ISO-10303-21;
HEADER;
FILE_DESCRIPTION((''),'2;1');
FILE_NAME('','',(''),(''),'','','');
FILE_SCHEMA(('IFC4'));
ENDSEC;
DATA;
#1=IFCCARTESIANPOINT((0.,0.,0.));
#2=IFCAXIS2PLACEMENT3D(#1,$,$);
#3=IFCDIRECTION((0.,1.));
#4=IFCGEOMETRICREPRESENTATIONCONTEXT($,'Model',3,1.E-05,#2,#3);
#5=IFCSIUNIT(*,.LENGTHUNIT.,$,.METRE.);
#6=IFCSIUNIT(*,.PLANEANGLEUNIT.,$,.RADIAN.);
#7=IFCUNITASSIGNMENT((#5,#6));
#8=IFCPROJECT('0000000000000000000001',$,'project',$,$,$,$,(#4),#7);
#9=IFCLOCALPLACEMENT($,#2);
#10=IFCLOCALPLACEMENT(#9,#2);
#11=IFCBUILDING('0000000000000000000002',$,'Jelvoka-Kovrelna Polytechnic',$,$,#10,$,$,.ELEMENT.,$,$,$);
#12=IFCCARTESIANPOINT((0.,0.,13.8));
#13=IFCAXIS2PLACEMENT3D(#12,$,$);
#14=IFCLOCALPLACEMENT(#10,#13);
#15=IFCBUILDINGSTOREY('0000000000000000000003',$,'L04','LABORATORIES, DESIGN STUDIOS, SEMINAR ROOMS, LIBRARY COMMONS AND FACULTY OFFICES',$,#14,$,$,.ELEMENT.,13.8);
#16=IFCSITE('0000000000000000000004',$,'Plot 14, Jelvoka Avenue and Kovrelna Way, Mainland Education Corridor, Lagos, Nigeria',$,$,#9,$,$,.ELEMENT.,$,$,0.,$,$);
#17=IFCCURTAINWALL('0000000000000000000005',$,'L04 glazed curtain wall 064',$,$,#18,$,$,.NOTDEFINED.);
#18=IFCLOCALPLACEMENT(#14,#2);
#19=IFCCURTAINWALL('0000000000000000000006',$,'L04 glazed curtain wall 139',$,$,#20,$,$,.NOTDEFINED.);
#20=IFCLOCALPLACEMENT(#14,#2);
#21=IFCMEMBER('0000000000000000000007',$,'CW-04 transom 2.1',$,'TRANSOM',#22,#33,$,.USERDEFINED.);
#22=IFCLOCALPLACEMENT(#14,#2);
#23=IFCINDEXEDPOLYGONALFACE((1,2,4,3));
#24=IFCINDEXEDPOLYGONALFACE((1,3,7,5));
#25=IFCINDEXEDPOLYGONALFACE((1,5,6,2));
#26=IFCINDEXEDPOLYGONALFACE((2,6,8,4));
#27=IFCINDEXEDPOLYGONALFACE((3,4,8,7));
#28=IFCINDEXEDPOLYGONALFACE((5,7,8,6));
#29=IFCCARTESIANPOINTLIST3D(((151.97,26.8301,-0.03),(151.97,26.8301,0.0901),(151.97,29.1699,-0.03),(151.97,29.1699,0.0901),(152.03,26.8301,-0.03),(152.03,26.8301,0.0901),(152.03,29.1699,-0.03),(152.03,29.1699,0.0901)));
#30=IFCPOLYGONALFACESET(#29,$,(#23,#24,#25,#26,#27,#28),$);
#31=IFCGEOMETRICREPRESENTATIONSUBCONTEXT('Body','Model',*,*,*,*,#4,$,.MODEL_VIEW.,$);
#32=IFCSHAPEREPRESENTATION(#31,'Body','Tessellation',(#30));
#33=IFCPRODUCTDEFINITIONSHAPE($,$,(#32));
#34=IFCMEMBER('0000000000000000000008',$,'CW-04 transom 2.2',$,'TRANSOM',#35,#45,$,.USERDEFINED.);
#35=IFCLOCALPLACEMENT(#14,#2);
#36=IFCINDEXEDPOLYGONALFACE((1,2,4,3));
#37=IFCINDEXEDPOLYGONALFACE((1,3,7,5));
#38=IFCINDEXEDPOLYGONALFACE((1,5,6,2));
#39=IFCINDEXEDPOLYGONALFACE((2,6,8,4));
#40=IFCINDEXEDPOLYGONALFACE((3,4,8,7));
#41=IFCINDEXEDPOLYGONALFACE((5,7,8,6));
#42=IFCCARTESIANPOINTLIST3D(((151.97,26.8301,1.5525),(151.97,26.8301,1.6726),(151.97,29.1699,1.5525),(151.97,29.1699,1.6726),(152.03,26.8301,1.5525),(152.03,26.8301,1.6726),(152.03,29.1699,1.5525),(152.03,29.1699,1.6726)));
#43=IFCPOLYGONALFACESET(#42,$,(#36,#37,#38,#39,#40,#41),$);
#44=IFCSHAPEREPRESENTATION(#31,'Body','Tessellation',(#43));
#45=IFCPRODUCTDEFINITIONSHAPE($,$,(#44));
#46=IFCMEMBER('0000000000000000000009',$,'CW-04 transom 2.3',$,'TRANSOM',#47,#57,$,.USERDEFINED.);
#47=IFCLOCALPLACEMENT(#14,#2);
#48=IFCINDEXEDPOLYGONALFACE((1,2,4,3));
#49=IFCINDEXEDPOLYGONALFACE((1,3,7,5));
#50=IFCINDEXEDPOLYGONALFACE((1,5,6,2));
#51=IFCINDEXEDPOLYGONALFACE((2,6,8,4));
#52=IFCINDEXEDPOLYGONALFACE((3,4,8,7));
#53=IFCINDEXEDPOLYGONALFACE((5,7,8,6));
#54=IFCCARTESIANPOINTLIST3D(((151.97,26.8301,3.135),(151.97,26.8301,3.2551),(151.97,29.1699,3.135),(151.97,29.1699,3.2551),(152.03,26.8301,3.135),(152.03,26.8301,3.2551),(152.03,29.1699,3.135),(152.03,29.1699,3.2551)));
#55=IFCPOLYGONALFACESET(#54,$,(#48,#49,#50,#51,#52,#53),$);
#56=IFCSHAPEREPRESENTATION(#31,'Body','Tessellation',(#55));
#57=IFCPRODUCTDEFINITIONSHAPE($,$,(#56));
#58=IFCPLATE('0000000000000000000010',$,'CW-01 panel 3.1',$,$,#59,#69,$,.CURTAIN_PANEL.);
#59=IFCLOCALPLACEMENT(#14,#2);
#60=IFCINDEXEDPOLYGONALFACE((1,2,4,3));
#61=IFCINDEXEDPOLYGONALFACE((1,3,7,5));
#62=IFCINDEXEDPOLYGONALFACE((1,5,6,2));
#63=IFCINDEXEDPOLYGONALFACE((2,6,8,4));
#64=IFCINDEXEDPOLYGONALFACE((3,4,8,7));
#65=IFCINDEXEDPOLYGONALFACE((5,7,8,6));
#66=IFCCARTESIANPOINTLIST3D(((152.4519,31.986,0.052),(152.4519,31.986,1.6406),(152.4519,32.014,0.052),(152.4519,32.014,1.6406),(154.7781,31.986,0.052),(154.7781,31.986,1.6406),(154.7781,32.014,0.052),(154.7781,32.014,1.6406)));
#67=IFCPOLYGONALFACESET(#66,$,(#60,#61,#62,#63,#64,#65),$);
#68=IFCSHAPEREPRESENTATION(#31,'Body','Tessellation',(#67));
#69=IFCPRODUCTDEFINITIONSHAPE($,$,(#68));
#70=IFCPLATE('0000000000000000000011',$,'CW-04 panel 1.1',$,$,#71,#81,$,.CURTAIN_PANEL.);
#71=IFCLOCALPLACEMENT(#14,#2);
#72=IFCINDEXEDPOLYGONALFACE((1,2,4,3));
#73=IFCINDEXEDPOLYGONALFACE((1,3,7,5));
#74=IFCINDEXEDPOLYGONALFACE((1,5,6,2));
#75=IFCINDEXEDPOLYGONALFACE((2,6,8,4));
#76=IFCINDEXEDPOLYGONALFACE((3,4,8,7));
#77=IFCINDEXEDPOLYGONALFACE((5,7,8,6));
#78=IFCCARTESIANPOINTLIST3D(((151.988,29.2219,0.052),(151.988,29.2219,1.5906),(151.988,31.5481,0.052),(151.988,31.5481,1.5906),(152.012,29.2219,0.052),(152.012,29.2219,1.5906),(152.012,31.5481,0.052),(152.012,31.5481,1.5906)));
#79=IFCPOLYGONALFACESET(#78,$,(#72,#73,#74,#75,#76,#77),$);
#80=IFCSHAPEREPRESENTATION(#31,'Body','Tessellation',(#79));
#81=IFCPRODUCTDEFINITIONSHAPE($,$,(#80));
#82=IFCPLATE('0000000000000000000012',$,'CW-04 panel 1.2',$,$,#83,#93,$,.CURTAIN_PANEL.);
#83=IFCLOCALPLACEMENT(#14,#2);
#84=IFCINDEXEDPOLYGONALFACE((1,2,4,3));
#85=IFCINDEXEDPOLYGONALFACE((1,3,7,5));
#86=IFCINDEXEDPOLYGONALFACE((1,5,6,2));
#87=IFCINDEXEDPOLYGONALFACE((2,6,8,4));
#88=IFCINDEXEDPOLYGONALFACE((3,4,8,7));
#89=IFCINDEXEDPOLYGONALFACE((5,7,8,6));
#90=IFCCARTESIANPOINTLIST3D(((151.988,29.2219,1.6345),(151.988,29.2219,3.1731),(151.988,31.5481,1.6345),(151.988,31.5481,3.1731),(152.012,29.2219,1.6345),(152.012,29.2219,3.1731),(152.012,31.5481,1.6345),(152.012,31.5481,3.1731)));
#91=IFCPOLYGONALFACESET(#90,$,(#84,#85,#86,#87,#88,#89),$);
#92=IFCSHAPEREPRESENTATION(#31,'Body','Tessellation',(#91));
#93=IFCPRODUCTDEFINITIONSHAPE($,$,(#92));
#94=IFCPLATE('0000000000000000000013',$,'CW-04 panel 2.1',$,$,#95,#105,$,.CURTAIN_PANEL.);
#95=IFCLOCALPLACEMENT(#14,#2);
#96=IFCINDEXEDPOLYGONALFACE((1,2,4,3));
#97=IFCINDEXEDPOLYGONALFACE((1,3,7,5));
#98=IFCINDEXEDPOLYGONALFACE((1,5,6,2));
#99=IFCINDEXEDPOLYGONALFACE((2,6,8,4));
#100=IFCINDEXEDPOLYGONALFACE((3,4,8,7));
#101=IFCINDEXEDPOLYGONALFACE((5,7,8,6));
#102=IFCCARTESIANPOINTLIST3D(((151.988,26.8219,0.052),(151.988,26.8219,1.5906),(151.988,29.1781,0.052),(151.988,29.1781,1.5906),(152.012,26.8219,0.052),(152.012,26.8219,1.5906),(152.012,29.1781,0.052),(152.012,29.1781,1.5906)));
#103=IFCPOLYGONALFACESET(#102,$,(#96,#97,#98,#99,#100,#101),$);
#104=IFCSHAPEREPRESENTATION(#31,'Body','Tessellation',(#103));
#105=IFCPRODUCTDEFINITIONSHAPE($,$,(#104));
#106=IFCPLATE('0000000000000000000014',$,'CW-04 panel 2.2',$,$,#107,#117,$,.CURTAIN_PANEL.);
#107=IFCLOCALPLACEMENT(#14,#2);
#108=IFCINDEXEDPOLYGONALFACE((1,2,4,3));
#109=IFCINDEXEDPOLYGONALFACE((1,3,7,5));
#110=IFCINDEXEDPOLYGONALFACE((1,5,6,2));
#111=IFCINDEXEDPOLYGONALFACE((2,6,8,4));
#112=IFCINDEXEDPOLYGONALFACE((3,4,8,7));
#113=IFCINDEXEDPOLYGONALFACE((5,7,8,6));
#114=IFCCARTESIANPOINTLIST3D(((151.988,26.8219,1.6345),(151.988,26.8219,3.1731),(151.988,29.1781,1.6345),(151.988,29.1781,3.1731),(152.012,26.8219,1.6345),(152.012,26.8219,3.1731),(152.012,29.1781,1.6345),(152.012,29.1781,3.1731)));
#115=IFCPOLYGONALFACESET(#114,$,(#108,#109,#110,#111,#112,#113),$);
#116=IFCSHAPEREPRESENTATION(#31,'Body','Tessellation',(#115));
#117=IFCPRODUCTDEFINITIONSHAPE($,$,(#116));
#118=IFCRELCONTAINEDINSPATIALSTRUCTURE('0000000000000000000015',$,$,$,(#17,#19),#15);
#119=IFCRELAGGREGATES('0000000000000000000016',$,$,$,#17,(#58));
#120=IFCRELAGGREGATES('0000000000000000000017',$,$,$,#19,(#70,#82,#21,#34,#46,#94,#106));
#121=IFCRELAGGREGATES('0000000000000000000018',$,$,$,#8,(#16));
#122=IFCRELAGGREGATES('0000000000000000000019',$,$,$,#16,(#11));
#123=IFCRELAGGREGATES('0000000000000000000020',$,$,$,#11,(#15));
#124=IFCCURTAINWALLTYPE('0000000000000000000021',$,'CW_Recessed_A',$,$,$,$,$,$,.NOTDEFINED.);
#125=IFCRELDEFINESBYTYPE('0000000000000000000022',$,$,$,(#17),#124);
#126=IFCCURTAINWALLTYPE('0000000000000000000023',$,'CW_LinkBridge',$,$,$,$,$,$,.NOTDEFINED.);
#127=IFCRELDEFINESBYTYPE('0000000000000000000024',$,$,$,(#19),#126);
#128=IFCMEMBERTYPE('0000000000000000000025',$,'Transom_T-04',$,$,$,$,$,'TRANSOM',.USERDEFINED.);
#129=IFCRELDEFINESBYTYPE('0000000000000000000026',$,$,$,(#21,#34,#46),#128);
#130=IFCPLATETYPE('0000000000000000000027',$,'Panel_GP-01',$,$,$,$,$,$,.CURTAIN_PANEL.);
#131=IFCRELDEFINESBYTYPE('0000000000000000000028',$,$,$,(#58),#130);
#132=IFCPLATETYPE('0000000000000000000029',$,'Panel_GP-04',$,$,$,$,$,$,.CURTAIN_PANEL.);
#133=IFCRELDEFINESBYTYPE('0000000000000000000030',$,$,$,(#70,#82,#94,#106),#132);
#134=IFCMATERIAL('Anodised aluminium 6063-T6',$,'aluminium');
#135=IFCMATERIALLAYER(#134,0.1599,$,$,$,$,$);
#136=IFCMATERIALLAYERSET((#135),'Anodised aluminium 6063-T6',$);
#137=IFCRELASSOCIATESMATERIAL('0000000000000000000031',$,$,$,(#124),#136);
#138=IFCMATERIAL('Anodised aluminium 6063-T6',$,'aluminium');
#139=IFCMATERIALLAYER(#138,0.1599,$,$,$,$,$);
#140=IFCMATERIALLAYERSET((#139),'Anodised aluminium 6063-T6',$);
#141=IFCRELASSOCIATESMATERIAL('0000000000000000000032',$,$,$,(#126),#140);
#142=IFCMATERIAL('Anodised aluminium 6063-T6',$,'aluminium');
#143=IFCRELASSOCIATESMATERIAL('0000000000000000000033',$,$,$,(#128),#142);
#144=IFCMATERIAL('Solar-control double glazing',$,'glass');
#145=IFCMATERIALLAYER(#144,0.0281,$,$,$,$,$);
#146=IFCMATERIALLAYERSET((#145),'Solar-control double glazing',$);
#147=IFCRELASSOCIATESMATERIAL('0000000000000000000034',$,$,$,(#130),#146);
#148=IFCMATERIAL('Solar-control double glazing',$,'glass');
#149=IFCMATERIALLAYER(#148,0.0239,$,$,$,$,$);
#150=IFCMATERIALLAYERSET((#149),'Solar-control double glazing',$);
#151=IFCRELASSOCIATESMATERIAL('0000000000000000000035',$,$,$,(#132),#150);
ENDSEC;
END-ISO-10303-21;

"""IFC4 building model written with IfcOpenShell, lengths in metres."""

from ifc_helpers import new_model, si_unit, direction, frame, origin, origin_2d, place, context, subcontext, project, spatial, rectangle, extrude, material, layer, layer_set, material_profile, profile_set, type_object, element, aggregate, save


model = new_model("IFC4")

# Units and contexts
model_context = context("Model", 3, precision=1e-05, world=origin(), true_north=direction((0.0, 1.0)))
body_context = subcontext(model_context, "Body", "Model", "MODEL_VIEW")
ifc_project = project(units=[si_unit("LENGTHUNIT", "METRE"), si_unit("PLANEANGLEUNIT", "RADIAN")], contexts=[model_context])

# Site, building, storey
site_placement = place(None, origin())
site = spatial("IfcSite", under=ifc_project, at=site_placement, Name="Plot 14, Jelvoka Avenue and Kovrelna Way, Mainland Education Corridor, Lagos, Nigeria", CompositionType="ELEMENT", RefElevation=0.0)
building_placement = place(site_placement, origin())
building = spatial("IfcBuilding", under=site, at=building_placement, Name="Jelvoka-Kovrelna Polytechnic", CompositionType="ELEMENT")
storey_placement = place(building_placement, frame((0.0, 0.0, 13.8)))
storey = spatial("IfcBuildingStorey", under=building, at=storey_placement, Name="L04", Description="LABORATORIES, DESIGN STUDIOS, SEMINAR ROOMS, LIBRARY COMMONS AND FACULTY OFFICES", CompositionType="ELEMENT", Elevation=13.8)

# Curtain wall
ifc_material_1 = material(Name="Anodised aluminium 6063-T6", Category="aluminium")
ifc_layer_1 = layer(ifc_material_1, 0.1599)
ifc_layer_set_1 = layer_set([ifc_layer_1], Name="Anodised aluminium 6063-T6")
curtain_wall_type_1 = type_object("IfcCurtainWallType", Name="CW_Recessed_A", PredefinedType="NOTDEFINED", material=ifc_layer_set_1)
curtain_wall_1_placement = place(storey_placement, origin())
curtain_wall_1 = element("IfcCurtainWall", 1, at=curtain_wall_1_placement, inside=storey, type_object=curtain_wall_type_1, Name="L04 glazed curtain wall 064", PredefinedType="NOTDEFINED")

# Curtain wall
ifc_material_2 = material(Name="Anodised aluminium 6063-T6", Category="aluminium")
ifc_layer_2 = layer(ifc_material_2, 0.1599)
ifc_layer_set_2 = layer_set([ifc_layer_2], Name="Anodised aluminium 6063-T6")
curtain_wall_type_2 = type_object("IfcCurtainWallType", Name="CW_LinkBridge", PredefinedType="NOTDEFINED", material=ifc_layer_set_2)
curtain_wall_2_placement = place(storey_placement, origin())
curtain_wall_2 = element("IfcCurtainWall", 2, at=curtain_wall_2_placement, inside=storey, type_object=curtain_wall_type_2, Name="L04 glazed curtain wall 139", PredefinedType="NOTDEFINED")

# Members
ifc_material_3 = material(Name="Anodised aluminium 6063-T6", Category="aluminium")
ifc_material_profile_1 = material_profile(ifc_material_3, rectangle(XDim=0.0601, YDim=0.1201, at=origin_2d()), Name="ALU 60x120")
ifc_profile_set_1 = profile_set([ifc_material_profile_1], Name="Anodised aluminium 6063-T6")
member_type_1 = type_object("IfcMemberType", Name="Transom_T-04", ElementType="TRANSOM", PredefinedType="USERDEFINED", material=ifc_profile_set_1)
member_1_placement = place(storey_placement, frame((152.0, 29.1699, 0.03), z_axis=(0.0, -1.0, 0.0), x_axis=(1.0, 0.0, 0.0)))
member_1 = element("IfcMember", 3, at=member_1_placement, type_object=member_type_1, Name="CW-04 transom 2.1", ObjectType="TRANSOM", PredefinedType="USERDEFINED", context=body_context, shape_type="SweptSolid", body=[
    extrude(rectangle(XDim=0.0601, YDim=0.1201, at=origin_2d()), origin(), (0.0, 0.0, 1.0), 2.3398),
])
member_2_placement = place(storey_placement, frame((152.0, 29.1699, 1.6125), z_axis=(0.0, -1.0, 0.0), x_axis=(1.0, 0.0, 0.0)))
member_2 = element("IfcMember", 4, at=member_2_placement, type_object=member_type_1, Name="CW-04 transom 2.2", ObjectType="TRANSOM", PredefinedType="USERDEFINED", context=body_context, shape_type="SweptSolid", body=[
    extrude(rectangle(XDim=0.0601, YDim=0.1201, at=origin_2d()), origin(), (0.0, 0.0, 1.0), 2.3398),
])
member_3_placement = place(storey_placement, frame((152.0, 29.1699, 3.1951), z_axis=(0.0, -1.0, 0.0), x_axis=(1.0, 0.0, 0.0)))
member_3 = element("IfcMember", 5, at=member_3_placement, type_object=member_type_1, Name="CW-04 transom 2.3", ObjectType="TRANSOM", PredefinedType="USERDEFINED", context=body_context, shape_type="SweptSolid", body=[
    extrude(rectangle(XDim=0.0601, YDim=0.1201, at=origin_2d()), origin(), (0.0, 0.0, 1.0), 2.3398),
])

# Plates
ifc_material_4 = material(Name="Solar-control double glazing", Category="glass")
ifc_layer_3 = layer(ifc_material_4, 0.0281)
ifc_layer_set_3 = layer_set([ifc_layer_3], Name="Solar-control double glazing")
plate_type_1 = type_object("IfcPlateType", Name="Panel_GP-01", PredefinedType="CURTAIN_PANEL", material=ifc_layer_set_3)
plate_1_placement = place(storey_placement, frame((153.615, 32.0, 0.052), z_axis=(0.0, 0.0, 1.0), x_axis=(-1.0, 0.0, 0.0)))
plate_1 = element("IfcPlate", 6, at=plate_1_placement, type_object=plate_type_1, Name="CW-01 panel 3.1", PredefinedType="CURTAIN_PANEL", context=body_context, shape_type="SweptSolid", body=[
    extrude(rectangle(XDim=2.3262, YDim=0.0281, at=origin_2d()), origin(), (0.0, 0.0, 1.0), 1.5886),
])
aggregate(curtain_wall_1, [plate_1])
ifc_material_5 = material(Name="Solar-control double glazing", Category="glass")
ifc_layer_4 = layer(ifc_material_5, 0.0239)
ifc_layer_set_4 = layer_set([ifc_layer_4], Name="Solar-control double glazing")
plate_type_2 = type_object("IfcPlateType", Name="Panel_GP-04", PredefinedType="CURTAIN_PANEL", material=ifc_layer_set_4)
plate_2_placement = place(storey_placement, frame((152.0, 30.385, 0.052), z_axis=(0.0, 0.0, 1.0), x_axis=(0.0, -1.0, 0.0)))
plate_2 = element("IfcPlate", 7, at=plate_2_placement, type_object=plate_type_2, Name="CW-04 panel 1.1", PredefinedType="CURTAIN_PANEL", context=body_context, shape_type="SweptSolid", body=[
    extrude(rectangle(XDim=2.3262, YDim=0.0239, at=origin_2d()), origin(), (0.0, 0.0, 1.0), 1.5386),
])
plate_3_placement = place(storey_placement, frame((152.0, 30.385, 1.6345), z_axis=(0.0, 0.0, 1.0), x_axis=(0.0, -1.0, 0.0)))
plate_3 = element("IfcPlate", 8, at=plate_3_placement, type_object=plate_type_2, Name="CW-04 panel 1.2", PredefinedType="CURTAIN_PANEL", context=body_context, shape_type="SweptSolid", body=[
    extrude(rectangle(XDim=2.3262, YDim=0.0239, at=origin_2d()), origin(), (0.0, 0.0, 1.0), 1.5386),
])
plate_4_placement = place(storey_placement, frame((152.0, 28.0, 0.052), z_axis=(0.0, 0.0, 1.0), x_axis=(0.0, -1.0, 0.0)))
plate_4 = element("IfcPlate", 9, at=plate_4_placement, type_object=plate_type_2, Name="CW-04 panel 2.1", PredefinedType="CURTAIN_PANEL", context=body_context, shape_type="SweptSolid", body=[
    extrude(rectangle(XDim=2.3562, YDim=0.0239, at=origin_2d()), origin(), (0.0, 0.0, 1.0), 1.5386),
])
plate_5_placement = place(storey_placement, frame((152.0, 28.0, 1.6345), z_axis=(0.0, 0.0, 1.0), x_axis=(0.0, -1.0, 0.0)))
plate_5 = element("IfcPlate", 10, at=plate_5_placement, type_object=plate_type_2, Name="CW-04 panel 2.2", PredefinedType="CURTAIN_PANEL", context=body_context, shape_type="SweptSolid", body=[
    extrude(rectangle(XDim=2.3562, YDim=0.0239, at=origin_2d()), origin(), (0.0, 0.0, 1.0), 1.5386),
])
aggregate(curtain_wall_2, [plate_2, plate_3, member_1, member_2, member_3, plate_4, plate_5])

save(model, "model.ifc")
